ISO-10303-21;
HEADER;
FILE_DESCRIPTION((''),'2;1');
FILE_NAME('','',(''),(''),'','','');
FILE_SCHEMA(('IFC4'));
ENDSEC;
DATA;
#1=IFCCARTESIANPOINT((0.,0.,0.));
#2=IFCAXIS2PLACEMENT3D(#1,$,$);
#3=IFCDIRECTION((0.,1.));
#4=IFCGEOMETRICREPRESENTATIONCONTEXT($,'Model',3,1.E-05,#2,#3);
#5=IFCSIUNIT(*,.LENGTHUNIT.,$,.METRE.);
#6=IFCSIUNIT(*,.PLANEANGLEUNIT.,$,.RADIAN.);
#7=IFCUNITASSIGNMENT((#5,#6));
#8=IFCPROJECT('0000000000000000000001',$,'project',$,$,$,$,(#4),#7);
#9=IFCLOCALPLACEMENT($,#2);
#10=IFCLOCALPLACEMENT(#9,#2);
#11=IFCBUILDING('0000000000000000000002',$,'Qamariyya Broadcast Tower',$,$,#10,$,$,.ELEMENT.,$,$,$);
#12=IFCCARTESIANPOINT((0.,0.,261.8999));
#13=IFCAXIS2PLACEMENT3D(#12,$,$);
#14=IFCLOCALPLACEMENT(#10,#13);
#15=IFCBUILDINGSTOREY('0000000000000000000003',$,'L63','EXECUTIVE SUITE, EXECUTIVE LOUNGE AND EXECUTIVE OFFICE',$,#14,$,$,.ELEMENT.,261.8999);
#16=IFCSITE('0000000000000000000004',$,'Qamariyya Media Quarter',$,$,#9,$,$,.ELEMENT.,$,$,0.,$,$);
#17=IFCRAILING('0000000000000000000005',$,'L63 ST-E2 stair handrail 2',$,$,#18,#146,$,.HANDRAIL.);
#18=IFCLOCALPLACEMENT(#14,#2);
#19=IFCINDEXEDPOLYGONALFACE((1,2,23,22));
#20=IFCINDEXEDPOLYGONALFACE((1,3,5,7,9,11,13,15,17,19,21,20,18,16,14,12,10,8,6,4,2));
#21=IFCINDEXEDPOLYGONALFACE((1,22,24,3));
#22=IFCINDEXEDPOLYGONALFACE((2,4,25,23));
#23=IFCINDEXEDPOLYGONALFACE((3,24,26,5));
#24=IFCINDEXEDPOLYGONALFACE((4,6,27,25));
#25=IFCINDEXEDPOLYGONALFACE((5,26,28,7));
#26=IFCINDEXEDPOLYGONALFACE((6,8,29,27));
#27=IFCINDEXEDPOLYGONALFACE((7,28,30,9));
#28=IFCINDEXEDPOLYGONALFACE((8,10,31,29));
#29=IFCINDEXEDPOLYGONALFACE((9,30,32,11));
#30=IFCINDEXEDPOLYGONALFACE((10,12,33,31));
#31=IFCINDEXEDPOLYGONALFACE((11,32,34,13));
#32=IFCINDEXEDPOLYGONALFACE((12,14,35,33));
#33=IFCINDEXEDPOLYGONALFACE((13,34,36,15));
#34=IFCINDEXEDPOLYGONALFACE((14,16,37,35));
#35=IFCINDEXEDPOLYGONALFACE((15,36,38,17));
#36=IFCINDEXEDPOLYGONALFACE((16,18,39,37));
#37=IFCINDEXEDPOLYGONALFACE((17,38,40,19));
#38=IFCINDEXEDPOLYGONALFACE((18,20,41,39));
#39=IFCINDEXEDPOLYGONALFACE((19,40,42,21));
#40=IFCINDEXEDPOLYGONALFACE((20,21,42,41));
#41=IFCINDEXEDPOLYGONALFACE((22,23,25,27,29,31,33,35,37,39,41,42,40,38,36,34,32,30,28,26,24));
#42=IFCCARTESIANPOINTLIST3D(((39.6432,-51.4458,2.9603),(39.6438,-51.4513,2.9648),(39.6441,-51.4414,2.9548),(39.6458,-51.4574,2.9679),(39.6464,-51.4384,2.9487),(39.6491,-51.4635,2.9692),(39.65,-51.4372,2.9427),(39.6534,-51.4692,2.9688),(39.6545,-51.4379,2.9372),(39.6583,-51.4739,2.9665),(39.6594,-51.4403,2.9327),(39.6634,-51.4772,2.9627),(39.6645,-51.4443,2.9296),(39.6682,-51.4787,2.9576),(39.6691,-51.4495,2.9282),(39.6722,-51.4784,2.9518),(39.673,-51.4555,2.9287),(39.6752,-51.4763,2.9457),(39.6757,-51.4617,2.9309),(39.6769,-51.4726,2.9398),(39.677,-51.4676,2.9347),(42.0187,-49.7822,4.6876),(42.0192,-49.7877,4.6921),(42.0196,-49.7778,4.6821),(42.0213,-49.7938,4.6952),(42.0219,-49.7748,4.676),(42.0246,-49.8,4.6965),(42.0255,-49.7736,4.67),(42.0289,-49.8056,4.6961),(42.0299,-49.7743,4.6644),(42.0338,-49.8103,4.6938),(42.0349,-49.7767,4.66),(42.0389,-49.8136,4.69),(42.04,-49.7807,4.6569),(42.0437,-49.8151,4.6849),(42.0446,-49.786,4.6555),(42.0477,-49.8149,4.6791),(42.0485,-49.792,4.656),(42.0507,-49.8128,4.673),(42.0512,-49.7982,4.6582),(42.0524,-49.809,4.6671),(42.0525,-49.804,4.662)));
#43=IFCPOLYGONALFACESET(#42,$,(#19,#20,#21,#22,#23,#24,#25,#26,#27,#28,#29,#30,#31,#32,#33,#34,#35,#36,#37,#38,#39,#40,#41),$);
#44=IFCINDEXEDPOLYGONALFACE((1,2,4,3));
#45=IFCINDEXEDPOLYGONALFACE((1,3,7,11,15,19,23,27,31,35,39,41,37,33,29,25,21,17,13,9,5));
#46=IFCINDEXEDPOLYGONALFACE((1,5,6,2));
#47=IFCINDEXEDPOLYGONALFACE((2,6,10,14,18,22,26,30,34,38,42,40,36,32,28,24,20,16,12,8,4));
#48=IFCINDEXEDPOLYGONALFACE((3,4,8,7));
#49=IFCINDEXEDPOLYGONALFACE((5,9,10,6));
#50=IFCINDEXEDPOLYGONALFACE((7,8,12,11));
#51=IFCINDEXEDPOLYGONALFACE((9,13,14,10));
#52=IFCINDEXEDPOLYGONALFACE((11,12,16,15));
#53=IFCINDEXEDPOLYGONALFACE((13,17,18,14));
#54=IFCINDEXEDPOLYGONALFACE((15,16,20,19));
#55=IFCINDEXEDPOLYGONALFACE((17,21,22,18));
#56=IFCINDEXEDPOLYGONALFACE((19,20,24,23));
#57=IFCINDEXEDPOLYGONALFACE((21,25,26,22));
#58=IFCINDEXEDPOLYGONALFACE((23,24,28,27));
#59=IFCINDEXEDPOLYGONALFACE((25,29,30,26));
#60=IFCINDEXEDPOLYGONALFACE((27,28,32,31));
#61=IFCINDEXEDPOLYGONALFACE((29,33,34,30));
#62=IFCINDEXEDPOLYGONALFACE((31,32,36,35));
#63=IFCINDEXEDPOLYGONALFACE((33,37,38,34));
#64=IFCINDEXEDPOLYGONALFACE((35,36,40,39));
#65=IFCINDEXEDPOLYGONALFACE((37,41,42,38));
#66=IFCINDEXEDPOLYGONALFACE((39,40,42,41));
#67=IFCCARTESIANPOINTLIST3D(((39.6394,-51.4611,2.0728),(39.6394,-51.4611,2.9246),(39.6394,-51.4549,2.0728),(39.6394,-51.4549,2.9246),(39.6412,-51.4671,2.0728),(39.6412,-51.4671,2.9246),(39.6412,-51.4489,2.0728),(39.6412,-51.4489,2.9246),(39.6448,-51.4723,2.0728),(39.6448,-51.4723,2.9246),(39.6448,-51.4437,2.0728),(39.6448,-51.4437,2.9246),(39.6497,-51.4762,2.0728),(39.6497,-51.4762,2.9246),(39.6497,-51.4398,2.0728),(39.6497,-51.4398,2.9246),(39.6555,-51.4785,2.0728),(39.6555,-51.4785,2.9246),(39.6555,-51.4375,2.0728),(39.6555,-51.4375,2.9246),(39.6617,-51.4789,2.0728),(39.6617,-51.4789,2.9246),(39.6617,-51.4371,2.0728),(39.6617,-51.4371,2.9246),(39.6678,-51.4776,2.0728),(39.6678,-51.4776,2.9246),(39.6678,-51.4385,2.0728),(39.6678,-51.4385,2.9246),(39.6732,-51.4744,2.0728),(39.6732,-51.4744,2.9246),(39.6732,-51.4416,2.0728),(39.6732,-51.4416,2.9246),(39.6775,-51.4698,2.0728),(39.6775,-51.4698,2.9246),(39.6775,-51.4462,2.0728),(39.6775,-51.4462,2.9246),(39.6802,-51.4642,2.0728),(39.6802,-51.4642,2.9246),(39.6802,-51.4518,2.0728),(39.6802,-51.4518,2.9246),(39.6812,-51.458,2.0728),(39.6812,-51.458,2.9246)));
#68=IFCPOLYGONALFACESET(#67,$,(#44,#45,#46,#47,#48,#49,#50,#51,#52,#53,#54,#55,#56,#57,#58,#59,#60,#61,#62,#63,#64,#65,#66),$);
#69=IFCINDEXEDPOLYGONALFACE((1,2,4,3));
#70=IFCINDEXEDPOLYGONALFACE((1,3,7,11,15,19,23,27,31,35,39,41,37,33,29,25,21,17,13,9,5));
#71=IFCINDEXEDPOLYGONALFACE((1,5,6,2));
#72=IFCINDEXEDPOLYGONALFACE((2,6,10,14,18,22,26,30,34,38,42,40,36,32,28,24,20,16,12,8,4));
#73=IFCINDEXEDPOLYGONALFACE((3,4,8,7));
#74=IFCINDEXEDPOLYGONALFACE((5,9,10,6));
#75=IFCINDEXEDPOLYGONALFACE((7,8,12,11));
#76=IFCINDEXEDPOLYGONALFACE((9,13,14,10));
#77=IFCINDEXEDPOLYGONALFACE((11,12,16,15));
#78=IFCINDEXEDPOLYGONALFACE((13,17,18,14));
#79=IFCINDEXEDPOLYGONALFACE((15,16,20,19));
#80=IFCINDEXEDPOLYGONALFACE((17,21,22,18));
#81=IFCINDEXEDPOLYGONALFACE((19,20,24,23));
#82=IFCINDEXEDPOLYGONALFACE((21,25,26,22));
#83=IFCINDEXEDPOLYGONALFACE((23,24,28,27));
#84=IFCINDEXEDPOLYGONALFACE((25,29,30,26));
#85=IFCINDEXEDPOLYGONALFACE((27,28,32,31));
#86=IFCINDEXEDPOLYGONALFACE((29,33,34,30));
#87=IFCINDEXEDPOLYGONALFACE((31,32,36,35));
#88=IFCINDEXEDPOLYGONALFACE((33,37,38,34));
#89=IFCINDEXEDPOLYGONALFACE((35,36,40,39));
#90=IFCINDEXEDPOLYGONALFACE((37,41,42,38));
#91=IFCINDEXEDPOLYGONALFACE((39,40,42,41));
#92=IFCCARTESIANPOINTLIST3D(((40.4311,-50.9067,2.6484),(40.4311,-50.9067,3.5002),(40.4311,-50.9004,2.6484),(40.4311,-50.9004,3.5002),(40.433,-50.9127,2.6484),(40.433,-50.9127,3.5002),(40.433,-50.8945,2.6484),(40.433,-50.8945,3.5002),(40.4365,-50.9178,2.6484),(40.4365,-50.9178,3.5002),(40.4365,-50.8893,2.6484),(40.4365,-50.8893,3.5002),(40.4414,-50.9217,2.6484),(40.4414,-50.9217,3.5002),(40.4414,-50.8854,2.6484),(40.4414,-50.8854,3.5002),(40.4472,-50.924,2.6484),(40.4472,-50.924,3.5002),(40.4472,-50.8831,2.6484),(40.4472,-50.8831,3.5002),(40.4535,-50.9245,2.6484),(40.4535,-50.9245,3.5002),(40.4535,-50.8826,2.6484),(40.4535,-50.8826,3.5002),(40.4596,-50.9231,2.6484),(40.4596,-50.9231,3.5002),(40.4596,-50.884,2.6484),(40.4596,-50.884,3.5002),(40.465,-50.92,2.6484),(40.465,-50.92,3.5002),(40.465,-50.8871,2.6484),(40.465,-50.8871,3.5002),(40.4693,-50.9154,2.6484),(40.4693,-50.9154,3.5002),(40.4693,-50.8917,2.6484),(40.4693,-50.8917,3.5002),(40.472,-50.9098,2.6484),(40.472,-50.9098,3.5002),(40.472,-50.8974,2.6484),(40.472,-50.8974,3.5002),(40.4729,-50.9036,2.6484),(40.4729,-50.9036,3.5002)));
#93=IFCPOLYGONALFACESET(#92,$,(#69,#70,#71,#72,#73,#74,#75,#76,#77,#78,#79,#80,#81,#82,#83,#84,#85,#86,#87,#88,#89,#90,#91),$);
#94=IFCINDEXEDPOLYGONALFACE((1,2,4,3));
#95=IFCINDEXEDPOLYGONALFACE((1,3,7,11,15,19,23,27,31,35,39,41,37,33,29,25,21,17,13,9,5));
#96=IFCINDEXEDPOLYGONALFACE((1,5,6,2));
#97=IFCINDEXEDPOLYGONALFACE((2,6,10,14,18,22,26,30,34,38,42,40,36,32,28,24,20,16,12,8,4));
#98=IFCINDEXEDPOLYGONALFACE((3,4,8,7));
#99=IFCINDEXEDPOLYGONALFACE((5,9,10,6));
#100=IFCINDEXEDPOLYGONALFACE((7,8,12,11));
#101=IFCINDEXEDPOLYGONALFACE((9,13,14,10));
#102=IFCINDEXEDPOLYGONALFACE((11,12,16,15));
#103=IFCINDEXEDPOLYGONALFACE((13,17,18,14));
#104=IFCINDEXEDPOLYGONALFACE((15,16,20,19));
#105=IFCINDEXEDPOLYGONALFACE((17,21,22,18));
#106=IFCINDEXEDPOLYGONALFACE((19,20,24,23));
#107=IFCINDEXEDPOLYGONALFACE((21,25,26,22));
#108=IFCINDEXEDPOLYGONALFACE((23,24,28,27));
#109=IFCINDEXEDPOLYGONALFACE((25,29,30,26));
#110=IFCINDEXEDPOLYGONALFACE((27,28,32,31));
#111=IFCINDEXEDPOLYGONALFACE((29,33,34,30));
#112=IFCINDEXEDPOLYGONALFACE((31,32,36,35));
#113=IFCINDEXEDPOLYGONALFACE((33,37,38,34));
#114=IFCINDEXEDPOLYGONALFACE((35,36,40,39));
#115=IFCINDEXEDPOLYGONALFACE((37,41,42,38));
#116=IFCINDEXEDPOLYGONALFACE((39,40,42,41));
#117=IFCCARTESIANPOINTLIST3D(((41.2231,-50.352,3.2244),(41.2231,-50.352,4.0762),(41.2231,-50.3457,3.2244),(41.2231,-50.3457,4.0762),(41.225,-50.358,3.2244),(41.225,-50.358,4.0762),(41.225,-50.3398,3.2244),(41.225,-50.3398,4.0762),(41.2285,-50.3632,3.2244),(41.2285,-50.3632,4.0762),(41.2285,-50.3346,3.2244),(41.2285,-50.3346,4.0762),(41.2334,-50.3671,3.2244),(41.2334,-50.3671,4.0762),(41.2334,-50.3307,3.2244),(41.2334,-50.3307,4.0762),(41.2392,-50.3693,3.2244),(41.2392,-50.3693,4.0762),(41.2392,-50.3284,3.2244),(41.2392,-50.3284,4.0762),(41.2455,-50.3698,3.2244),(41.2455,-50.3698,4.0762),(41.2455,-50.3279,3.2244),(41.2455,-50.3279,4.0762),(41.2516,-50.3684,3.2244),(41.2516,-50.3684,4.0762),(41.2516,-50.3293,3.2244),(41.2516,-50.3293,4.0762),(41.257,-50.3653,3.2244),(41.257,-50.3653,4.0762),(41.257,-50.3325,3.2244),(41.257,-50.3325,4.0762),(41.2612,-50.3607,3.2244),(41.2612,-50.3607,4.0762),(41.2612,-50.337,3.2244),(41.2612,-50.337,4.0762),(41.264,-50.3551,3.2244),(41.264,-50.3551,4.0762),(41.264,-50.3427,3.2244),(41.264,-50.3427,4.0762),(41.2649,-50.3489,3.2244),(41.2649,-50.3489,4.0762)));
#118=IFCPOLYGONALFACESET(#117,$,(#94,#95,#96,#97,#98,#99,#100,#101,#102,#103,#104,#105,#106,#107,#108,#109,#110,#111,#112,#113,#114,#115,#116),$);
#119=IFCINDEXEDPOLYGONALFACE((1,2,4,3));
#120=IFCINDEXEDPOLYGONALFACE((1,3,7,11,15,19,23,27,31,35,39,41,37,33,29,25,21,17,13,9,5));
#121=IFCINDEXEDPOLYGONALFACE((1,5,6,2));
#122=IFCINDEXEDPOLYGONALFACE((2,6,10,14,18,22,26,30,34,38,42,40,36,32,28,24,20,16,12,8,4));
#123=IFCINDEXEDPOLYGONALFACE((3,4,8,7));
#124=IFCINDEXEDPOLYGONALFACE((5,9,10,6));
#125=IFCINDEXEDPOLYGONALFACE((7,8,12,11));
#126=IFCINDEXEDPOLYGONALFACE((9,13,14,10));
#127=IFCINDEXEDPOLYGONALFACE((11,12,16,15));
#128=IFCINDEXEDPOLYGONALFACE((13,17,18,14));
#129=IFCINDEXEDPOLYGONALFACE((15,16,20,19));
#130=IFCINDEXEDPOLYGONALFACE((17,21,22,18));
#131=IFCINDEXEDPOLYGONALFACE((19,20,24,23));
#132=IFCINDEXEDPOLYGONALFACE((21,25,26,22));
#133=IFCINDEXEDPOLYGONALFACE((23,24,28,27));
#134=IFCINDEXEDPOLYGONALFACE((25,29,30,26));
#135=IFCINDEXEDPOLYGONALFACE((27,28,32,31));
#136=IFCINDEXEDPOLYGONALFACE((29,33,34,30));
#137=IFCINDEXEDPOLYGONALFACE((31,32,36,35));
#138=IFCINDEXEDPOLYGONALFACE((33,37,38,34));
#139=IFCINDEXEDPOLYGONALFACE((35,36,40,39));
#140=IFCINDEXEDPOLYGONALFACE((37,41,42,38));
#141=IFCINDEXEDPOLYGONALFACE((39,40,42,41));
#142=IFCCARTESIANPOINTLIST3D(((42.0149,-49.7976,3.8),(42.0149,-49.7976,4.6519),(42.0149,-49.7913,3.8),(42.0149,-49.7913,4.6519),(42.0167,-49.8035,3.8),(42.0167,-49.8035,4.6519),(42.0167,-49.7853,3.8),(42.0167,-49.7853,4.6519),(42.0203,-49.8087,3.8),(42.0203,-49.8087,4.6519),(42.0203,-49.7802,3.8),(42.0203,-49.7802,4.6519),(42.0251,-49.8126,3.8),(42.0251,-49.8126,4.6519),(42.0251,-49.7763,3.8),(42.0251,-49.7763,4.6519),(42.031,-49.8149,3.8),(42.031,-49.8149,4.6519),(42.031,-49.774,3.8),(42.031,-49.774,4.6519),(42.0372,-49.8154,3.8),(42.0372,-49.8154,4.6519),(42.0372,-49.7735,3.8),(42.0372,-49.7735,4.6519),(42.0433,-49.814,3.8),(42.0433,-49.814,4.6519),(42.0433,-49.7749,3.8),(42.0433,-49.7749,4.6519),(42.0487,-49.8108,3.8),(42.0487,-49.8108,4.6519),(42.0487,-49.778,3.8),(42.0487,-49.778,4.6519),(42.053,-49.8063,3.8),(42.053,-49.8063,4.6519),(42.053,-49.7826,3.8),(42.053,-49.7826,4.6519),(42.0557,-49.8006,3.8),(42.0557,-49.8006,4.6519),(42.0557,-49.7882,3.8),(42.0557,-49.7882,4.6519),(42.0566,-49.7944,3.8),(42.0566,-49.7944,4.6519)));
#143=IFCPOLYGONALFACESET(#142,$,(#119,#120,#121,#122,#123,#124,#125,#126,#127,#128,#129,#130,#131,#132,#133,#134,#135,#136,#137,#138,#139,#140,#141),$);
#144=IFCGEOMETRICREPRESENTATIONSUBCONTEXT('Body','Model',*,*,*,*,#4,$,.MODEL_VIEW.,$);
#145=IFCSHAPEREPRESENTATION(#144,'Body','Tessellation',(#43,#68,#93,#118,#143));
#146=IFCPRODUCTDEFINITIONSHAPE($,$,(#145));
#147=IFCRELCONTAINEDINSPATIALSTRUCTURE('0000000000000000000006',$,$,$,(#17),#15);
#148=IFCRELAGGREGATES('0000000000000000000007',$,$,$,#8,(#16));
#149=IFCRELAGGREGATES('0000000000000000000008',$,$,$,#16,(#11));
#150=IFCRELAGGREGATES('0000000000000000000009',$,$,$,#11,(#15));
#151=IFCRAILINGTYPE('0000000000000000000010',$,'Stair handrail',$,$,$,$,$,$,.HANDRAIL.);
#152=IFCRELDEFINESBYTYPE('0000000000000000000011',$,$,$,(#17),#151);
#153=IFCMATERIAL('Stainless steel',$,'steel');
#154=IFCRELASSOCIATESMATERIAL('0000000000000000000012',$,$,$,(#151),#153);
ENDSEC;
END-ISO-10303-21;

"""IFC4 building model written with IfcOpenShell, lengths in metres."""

from ifc_helpers import new_model, si_unit, direction, frame, origin, origin_2d, place, context, subcontext, project, spatial, circle, extrude, material, type_object, element, save


model = new_model("IFC4")

# Units and contexts
model_context = context("Model", 3, precision=1e-05, world=origin(), true_north=direction((0.0, 1.0)))
body_context = subcontext(model_context, "Body", "Model", "MODEL_VIEW")
ifc_project = project(units=[si_unit("LENGTHUNIT", "METRE"), si_unit("PLANEANGLEUNIT", "RADIAN")], contexts=[model_context])

# Site, building, storey
site_placement = place(None, origin())
site = spatial("IfcSite", under=ifc_project, at=site_placement, Name="Qamariyya Media Quarter", CompositionType="ELEMENT", RefElevation=0.0)
building_placement = place(site_placement, origin())
building = spatial("IfcBuilding", under=site, at=building_placement, Name="Qamariyya Broadcast Tower", CompositionType="ELEMENT")
storey_placement = place(building_placement, frame((0.0, 0.0, 261.8999)))
storey = spatial("IfcBuildingStorey", under=building, at=storey_placement, Name="L63", Description="EXECUTIVE SUITE, EXECUTIVE LOUNGE AND EXECUTIVE OFFICE", CompositionType="ELEMENT", Elevation=261.8999)

# Railing
ifc_material_1 = material(Name="Stainless steel", Category="steel")
railing_type_1 = type_object("IfcRailingType", Name="Stair handrail", PredefinedType="HANDRAIL", material=ifc_material_1)
railing_1_placement = place(storey_placement, frame((39.6602, -51.458, 2.0728)))
element("IfcRailing", 1, at=railing_1_placement, inside=storey, type_object=railing_type_1, Name="L63 ST-E2 stair handrail 2", PredefinedType="HANDRAIL", context=body_context, shape_type="SweptSolid", body=[
    extrude(circle(Radius=0.0239, at=origin_2d()), frame((0.0, 0.0, 0.876), z_axis=(0.703745, 0.492838, 0.511716), x_axis=(-0.573632, 0.819113, 0.0)), (0.0, 0.0, 1.0), 3.3755),
    extrude(circle(Radius=0.021, at=origin_2d()), origin(), (0.0, 0.0, 1.0), 0.8518),
    extrude(circle(Radius=0.021, at=origin_2d()), frame((0.7917, 0.5544, 0.5757)), (0.0, 0.0, 1.0), 0.8518),
    extrude(circle(Radius=0.021, at=origin_2d()), frame((1.5837, 1.1091, 1.1516)), (0.0, 0.0, 1.0), 0.8518),
    extrude(circle(Radius=0.021, at=origin_2d()), frame((2.3755, 1.6636, 1.7273)), (0.0, 0.0, 1.0), 0.8518),
])

save(model, "model.ifc")
